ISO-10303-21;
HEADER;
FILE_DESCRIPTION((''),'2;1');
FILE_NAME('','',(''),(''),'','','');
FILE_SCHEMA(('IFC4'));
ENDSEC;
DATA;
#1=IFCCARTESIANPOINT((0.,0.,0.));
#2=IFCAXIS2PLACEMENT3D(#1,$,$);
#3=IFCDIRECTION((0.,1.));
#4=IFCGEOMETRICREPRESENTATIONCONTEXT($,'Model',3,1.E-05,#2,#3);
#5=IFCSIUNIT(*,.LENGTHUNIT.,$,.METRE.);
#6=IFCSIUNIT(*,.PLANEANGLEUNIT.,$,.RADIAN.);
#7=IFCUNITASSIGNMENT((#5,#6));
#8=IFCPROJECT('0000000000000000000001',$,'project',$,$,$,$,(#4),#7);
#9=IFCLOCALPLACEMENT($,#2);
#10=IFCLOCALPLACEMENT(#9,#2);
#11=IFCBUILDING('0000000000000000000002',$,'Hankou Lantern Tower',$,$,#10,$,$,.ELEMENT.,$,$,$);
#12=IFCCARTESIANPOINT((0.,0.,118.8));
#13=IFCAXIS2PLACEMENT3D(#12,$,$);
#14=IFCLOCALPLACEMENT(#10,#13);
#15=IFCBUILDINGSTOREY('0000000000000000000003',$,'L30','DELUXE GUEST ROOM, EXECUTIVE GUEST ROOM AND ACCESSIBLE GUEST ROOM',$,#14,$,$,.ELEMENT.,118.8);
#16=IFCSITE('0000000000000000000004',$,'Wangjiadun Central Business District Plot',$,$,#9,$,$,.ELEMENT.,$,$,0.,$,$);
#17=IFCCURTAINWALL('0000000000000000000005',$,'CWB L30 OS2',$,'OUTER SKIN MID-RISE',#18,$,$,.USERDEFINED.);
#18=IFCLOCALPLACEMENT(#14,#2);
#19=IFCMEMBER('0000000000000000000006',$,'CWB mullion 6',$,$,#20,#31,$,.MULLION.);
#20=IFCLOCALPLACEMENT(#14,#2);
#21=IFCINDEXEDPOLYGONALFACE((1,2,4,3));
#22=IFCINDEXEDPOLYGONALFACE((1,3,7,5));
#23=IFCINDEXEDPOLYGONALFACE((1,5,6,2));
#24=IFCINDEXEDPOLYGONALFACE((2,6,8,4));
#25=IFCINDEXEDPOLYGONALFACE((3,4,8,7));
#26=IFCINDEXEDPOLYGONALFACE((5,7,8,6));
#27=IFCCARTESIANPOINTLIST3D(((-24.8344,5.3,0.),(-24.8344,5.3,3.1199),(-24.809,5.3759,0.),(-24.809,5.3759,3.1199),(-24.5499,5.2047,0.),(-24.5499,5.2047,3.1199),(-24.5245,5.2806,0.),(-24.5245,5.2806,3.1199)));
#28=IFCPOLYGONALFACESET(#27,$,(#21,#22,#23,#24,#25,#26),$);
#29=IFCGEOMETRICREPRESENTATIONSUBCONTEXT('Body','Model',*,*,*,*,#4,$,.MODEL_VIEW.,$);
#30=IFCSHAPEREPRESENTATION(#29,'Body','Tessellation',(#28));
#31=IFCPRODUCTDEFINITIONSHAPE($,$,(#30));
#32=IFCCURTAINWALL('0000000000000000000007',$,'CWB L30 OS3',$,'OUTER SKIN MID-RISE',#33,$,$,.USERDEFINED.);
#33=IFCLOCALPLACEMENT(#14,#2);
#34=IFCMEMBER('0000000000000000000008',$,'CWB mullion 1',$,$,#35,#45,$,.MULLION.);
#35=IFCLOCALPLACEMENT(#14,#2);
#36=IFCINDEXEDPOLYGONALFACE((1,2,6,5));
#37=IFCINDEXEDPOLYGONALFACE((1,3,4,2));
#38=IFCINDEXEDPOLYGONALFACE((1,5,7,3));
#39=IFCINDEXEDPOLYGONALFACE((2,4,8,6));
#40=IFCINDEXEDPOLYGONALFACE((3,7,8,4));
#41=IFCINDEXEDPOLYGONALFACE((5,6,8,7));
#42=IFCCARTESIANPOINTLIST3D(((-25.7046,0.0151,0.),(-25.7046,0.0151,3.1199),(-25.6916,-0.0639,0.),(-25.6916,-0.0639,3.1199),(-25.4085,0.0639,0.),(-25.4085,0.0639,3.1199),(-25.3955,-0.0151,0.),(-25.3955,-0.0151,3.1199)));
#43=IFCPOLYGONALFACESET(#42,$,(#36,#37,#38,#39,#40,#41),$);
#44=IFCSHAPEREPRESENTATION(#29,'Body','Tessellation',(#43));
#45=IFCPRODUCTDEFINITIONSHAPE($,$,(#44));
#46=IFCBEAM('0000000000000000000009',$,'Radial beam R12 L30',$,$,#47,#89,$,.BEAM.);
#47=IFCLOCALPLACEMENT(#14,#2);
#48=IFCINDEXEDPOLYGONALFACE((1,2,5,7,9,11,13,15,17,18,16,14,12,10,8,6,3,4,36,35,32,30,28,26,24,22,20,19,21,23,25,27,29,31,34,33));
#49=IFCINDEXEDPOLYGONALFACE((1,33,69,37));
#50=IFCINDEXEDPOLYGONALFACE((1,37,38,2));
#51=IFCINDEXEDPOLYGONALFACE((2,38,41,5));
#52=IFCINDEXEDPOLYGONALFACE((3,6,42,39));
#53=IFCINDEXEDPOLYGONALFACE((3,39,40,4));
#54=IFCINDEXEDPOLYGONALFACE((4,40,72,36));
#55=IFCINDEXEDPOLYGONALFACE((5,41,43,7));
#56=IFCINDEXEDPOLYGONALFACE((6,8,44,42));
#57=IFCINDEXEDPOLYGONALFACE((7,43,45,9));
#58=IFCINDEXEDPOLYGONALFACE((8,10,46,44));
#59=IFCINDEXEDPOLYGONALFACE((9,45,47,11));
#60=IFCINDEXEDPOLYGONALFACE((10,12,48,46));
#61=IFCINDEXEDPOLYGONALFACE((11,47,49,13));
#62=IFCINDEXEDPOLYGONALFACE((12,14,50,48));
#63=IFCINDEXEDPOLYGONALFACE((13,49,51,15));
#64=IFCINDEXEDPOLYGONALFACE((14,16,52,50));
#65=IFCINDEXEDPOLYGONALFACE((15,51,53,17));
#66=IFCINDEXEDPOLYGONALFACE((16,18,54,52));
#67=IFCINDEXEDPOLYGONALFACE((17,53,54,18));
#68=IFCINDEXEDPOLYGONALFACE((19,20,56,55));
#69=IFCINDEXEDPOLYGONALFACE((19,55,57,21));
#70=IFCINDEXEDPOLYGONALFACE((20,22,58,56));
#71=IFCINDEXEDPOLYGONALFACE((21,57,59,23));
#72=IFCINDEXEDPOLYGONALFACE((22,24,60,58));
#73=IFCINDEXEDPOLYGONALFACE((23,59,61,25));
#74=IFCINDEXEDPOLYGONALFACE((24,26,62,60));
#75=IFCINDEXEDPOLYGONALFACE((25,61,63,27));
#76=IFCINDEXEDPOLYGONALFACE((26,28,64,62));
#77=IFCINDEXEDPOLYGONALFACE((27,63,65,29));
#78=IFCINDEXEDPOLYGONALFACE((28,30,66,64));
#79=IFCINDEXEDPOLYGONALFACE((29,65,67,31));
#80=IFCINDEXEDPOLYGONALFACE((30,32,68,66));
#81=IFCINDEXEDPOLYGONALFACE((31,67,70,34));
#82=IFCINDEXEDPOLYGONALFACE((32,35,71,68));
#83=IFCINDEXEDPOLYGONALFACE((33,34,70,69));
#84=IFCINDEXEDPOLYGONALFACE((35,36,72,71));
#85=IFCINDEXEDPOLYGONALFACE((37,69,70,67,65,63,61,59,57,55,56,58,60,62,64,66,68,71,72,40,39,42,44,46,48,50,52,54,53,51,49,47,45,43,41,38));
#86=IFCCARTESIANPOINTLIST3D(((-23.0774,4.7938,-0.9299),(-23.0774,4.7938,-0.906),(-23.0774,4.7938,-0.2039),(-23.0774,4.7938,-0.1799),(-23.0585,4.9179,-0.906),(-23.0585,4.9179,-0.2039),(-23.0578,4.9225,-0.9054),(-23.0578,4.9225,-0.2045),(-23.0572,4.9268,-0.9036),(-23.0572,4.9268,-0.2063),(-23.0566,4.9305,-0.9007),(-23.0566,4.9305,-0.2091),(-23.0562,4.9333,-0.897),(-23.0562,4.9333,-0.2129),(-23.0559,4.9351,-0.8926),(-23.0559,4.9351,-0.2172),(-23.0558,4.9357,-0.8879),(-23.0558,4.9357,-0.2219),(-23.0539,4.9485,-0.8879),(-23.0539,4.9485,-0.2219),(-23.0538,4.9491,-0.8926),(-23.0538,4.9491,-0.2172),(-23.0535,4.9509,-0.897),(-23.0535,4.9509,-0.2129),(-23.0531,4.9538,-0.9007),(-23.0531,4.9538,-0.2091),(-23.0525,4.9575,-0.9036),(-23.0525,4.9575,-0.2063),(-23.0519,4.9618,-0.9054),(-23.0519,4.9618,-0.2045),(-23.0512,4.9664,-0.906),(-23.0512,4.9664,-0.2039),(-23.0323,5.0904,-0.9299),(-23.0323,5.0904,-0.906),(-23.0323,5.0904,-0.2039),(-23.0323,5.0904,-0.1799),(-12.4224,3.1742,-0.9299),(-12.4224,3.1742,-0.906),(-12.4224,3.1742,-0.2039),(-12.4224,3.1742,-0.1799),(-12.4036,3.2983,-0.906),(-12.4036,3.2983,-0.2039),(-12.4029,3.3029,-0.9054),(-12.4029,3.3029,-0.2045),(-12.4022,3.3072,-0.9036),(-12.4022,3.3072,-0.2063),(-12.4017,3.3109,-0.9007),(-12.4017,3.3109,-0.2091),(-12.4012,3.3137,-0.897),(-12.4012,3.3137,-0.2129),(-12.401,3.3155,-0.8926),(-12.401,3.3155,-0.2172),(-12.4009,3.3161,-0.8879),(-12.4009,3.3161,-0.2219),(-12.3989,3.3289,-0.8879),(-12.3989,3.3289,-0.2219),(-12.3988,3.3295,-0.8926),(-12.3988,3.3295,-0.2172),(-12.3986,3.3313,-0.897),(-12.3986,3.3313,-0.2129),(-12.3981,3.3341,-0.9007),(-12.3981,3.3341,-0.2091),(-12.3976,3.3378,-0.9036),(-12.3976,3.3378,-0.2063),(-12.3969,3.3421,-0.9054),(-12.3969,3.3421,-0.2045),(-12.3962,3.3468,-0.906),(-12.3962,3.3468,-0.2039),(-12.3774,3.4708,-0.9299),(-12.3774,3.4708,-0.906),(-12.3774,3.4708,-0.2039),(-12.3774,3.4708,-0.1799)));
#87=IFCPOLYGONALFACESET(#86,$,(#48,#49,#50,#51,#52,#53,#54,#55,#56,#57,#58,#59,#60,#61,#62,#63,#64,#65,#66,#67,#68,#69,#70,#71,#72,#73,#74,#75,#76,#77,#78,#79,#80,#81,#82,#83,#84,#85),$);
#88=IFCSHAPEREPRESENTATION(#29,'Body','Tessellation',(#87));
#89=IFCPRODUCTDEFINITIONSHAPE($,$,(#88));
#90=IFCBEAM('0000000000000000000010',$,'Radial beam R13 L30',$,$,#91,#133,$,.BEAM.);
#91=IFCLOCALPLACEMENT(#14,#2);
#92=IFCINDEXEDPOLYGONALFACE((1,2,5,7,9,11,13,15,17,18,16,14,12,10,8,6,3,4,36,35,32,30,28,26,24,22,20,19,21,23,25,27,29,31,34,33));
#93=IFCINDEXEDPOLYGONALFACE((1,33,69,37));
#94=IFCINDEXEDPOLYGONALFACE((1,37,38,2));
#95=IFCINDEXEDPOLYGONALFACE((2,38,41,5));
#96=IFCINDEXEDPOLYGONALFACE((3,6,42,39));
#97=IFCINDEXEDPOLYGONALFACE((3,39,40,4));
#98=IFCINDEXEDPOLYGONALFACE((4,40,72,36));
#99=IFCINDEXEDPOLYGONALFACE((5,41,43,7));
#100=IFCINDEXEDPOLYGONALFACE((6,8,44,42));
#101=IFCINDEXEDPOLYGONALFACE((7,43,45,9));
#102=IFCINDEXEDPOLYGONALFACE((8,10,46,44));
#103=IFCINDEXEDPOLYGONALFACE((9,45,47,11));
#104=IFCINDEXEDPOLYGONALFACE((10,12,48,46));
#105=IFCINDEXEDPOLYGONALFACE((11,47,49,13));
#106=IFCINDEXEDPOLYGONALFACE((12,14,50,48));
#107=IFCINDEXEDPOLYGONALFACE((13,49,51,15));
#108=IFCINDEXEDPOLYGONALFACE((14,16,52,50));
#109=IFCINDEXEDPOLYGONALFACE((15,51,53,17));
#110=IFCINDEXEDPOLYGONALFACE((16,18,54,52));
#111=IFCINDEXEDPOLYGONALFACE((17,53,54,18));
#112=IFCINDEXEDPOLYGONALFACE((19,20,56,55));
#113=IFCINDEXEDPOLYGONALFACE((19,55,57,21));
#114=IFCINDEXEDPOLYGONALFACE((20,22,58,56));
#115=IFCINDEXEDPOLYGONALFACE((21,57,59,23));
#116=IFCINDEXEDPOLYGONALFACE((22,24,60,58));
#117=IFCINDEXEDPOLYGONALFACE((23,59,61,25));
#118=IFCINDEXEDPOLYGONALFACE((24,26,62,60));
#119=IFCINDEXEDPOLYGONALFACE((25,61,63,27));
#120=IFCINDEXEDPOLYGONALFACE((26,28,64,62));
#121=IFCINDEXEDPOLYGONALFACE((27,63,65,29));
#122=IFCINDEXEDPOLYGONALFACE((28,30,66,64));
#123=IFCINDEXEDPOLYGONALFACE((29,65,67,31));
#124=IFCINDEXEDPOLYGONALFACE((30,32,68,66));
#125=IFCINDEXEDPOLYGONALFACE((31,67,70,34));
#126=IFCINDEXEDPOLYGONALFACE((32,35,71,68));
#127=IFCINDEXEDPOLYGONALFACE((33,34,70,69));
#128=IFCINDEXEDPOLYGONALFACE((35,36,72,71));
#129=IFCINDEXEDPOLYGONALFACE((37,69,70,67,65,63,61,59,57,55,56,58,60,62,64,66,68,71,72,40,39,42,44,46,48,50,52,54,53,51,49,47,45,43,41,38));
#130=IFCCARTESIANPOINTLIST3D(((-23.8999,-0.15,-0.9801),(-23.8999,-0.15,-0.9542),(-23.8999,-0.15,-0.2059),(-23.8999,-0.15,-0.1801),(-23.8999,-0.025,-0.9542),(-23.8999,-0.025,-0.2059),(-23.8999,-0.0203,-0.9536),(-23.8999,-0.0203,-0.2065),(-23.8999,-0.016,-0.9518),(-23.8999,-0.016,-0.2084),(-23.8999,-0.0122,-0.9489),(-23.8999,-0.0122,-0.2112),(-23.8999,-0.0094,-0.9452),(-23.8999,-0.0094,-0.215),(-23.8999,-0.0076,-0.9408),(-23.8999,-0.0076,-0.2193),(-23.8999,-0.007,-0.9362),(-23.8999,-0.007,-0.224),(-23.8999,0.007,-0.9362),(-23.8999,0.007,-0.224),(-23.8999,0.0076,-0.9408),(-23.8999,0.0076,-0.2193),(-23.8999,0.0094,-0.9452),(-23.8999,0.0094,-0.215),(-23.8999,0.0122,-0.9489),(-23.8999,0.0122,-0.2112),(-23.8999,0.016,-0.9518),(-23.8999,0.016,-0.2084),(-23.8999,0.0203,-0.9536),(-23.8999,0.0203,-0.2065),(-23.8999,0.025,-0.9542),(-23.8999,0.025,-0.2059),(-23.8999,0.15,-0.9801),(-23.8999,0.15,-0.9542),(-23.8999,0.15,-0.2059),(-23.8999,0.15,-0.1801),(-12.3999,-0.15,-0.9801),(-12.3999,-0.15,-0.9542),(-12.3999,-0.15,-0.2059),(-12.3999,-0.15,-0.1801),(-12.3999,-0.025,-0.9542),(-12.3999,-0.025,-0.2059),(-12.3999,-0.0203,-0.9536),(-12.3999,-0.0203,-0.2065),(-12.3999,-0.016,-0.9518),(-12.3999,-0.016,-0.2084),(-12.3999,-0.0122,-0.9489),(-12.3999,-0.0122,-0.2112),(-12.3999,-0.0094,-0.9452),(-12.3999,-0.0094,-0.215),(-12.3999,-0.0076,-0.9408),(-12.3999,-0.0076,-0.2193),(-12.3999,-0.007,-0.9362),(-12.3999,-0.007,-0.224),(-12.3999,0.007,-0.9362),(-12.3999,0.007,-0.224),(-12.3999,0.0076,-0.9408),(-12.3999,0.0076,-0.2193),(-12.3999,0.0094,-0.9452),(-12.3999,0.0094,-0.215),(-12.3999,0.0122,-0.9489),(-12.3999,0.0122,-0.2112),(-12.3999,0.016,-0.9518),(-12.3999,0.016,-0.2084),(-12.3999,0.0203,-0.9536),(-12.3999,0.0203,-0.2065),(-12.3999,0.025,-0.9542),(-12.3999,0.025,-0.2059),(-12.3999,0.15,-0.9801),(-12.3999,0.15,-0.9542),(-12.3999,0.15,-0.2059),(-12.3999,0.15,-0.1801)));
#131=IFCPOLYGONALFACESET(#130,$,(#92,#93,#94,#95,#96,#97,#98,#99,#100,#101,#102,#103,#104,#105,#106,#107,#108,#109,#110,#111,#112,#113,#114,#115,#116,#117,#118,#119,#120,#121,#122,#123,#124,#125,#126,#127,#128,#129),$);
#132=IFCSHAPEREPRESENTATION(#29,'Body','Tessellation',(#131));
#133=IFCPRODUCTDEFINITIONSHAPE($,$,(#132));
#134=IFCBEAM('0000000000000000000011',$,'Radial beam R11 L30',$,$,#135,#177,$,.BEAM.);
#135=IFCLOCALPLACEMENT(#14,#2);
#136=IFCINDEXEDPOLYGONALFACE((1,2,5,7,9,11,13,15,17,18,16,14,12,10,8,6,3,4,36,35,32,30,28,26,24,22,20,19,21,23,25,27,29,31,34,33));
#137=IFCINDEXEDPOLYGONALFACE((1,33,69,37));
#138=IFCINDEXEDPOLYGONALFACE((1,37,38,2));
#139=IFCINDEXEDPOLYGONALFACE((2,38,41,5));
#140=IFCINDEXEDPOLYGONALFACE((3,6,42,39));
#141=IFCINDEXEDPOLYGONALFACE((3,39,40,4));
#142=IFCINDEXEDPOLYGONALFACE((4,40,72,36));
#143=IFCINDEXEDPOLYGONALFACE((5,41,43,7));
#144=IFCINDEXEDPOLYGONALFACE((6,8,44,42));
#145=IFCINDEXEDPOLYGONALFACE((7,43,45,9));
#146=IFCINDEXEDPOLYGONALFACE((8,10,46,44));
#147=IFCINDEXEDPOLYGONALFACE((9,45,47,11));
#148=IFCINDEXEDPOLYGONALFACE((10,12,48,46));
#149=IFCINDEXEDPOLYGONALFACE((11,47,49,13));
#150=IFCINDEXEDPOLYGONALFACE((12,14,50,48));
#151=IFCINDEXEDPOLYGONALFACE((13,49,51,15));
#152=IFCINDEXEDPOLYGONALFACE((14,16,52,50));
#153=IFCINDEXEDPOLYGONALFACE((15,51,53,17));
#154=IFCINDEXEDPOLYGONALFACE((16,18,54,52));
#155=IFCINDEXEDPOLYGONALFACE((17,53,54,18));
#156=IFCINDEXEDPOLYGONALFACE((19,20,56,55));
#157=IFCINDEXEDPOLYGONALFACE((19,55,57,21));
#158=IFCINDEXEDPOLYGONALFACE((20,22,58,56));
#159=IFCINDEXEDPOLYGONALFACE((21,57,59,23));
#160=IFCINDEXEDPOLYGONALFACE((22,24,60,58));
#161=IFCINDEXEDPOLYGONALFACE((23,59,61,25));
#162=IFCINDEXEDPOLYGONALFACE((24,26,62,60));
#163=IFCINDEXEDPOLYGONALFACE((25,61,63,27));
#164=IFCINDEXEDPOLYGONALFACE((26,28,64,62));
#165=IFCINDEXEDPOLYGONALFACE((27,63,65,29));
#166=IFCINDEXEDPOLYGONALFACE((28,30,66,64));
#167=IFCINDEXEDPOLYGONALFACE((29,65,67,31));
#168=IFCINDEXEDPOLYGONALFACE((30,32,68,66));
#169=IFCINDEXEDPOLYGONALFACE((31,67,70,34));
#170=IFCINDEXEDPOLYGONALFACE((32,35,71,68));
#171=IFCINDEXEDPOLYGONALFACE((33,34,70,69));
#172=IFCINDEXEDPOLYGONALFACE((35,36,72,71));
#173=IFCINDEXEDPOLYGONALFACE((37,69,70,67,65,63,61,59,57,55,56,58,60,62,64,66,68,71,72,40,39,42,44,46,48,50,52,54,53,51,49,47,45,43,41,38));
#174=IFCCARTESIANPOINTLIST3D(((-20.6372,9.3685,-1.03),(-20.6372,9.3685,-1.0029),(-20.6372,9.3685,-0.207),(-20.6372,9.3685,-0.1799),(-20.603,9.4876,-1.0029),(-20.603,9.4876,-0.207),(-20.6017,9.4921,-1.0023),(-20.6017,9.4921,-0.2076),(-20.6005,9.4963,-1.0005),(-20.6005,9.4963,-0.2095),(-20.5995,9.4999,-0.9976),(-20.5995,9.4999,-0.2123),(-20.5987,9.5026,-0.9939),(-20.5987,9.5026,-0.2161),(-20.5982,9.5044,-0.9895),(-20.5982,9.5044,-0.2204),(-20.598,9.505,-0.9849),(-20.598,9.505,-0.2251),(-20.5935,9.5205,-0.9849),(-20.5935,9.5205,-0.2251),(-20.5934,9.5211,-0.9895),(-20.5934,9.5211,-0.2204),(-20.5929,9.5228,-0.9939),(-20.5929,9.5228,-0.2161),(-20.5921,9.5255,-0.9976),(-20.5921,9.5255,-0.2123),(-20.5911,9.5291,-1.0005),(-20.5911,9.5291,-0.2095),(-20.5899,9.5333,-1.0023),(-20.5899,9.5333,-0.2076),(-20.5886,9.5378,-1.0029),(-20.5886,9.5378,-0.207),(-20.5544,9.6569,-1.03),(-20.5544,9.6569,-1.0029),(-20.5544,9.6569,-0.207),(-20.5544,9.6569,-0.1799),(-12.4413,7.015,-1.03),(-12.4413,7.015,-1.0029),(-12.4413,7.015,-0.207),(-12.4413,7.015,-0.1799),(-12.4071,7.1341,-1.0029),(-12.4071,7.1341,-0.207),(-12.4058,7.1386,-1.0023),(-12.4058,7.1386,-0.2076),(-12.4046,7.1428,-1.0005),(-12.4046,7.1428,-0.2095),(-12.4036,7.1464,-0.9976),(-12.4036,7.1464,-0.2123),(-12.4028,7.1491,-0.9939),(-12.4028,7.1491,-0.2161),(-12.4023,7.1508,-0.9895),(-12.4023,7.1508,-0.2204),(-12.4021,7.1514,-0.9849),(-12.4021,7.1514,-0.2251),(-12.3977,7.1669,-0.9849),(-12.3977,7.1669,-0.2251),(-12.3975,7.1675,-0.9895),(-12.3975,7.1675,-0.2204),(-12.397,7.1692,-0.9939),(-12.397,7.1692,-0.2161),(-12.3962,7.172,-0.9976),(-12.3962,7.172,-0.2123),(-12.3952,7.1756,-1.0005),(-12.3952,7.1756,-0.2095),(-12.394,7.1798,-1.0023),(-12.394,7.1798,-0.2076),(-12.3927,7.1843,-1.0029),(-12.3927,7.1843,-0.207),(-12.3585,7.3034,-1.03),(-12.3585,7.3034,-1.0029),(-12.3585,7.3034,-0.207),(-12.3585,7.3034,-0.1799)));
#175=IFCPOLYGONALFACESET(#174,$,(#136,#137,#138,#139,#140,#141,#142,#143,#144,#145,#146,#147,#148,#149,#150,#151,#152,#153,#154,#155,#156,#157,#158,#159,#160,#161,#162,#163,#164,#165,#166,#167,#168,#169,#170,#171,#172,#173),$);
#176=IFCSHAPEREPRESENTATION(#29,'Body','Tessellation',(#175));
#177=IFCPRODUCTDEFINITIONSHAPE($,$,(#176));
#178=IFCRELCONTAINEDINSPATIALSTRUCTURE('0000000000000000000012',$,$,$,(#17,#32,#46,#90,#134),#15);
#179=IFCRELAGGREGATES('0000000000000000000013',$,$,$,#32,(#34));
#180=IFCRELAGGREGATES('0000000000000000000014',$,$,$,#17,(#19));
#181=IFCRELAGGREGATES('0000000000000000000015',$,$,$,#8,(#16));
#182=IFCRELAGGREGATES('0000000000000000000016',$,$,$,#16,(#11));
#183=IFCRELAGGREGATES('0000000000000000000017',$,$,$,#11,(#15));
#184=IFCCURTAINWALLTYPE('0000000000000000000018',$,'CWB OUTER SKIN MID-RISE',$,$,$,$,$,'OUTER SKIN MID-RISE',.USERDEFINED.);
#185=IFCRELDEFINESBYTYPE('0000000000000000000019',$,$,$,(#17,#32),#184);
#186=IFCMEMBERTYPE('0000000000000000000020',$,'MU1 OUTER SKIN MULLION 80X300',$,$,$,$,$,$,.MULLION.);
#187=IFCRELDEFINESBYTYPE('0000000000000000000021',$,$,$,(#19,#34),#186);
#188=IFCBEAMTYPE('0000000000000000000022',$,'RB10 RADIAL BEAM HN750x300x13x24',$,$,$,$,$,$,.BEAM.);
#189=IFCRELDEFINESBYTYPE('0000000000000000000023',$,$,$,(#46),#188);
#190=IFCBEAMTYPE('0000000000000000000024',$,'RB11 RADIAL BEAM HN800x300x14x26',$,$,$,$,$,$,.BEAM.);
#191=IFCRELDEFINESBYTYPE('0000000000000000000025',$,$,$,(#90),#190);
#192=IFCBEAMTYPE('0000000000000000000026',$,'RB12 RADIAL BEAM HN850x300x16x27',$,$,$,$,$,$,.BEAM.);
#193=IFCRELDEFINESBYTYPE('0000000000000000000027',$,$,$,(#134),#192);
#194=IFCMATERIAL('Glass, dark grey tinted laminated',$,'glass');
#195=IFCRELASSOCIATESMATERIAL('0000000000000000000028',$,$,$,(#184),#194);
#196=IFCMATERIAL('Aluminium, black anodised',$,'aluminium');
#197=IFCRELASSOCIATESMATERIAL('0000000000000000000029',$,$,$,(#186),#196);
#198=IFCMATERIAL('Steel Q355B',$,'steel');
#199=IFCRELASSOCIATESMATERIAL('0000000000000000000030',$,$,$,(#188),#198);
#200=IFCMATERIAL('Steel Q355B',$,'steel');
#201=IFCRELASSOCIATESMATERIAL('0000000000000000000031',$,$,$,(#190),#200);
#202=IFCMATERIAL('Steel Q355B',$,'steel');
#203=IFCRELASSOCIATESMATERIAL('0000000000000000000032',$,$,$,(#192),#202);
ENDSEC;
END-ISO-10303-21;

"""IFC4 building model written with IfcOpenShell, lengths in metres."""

from ifc_helpers import new_model, si_unit, direction, frame, origin, origin_2d, place, context, subcontext, project, spatial, rectangle, i_section, extrude, material, material_profile, profile_set, type_object, element, aggregate, save


model = new_model("IFC4")

# Units and contexts
model_context = context("Model", 3, precision=1e-05, world=origin(), true_north=direction((0.0, 1.0)))
body_context = subcontext(model_context, "Body", "Model", "MODEL_VIEW")
ifc_project = project(units=[si_unit("LENGTHUNIT", "METRE"), si_unit("PLANEANGLEUNIT", "RADIAN")], contexts=[model_context])

# Site, building, storey
site_placement = place(None, origin())
site = spatial("IfcSite", under=ifc_project, at=site_placement, Name="Wangjiadun Central Business District Plot", CompositionType="ELEMENT", RefElevation=0.0)
building_placement = place(site_placement, origin())
building = spatial("IfcBuilding", under=site, at=building_placement, Name="Hankou Lantern Tower", CompositionType="ELEMENT")
storey_placement = place(building_placement, frame((0.0, 0.0, 118.8)))
storey = spatial("IfcBuildingStorey", under=building, at=storey_placement, Name="L30", Description="DELUXE GUEST ROOM, EXECUTIVE GUEST ROOM AND ACCESSIBLE GUEST ROOM", CompositionType="ELEMENT", Elevation=118.8)

# Curtain walls, members
ifc_material_1 = material(Name="Glass, dark grey tinted laminated", Category="glass")
curtain_wall_type = type_object("IfcCurtainWallType", Name="CWB OUTER SKIN MID-RISE", ElementType="OUTER SKIN MID-RISE", PredefinedType="USERDEFINED", material=ifc_material_1)
curtain_wall_1_placement = place(storey_placement, origin())
curtain_wall_1 = element("IfcCurtainWall", 1, at=curtain_wall_1_placement, inside=storey, type_object=curtain_wall_type, Name="CWB L30 OS2", ObjectType="OUTER SKIN MID-RISE", PredefinedType="USERDEFINED")
ifc_material_2 = material(Name="Aluminium, black anodised", Category="aluminium")
ifc_material_profile_1 = material_profile(ifc_material_2, rectangle(XDim=0.0801, YDim=0.3, at=origin_2d()), Name="MU1 80X300")
ifc_profile_set_1 = profile_set([ifc_material_profile_1], Name="Aluminium, black anodised")
member_type_1 = type_object("IfcMemberType", Name="MU1 OUTER SKIN MULLION 80X300", PredefinedType="MULLION", material=ifc_profile_set_1)
member_1_placement = place(storey_placement, frame((-24.6794, 5.2903, 0.0), z_axis=(0.0, 0.0, 1.0), x_axis=(-0.317596, -0.948226, 0.0)))
member_1 = element("IfcMember", 2, at=member_1_placement, type_object=member_type_1, Name="CWB mullion 6", PredefinedType="MULLION", context=body_context, shape_type="SweptSolid", body=[
    extrude(rectangle(XDim=0.0801, YDim=0.3, at=origin_2d()), origin(), (0.0, 0.0, 1.0), 3.1199),
])
curtain_wall_2_placement = place(storey_placement, origin())
curtain_wall_2 = element("IfcCurtainWall", 3, at=curtain_wall_2_placement, inside=storey, type_object=curtain_wall_type, Name="CWB L30 OS3", ObjectType="OUTER SKIN MID-RISE", PredefinedType="USERDEFINED")
member_2_placement = place(storey_placement, frame((-25.55, 0.0, 0.0), z_axis=(0.0, 0.0, 1.0), x_axis=(0.162382, -0.986728, 0.0)))
member_2 = element("IfcMember", 4, at=member_2_placement, type_object=member_type_1, Name="CWB mullion 1", PredefinedType="MULLION", context=body_context, shape_type="SweptSolid", body=[
    extrude(rectangle(XDim=0.0801, YDim=0.3, at=origin_2d()), origin(), (0.0, 0.0, 1.0), 3.1199),
])
aggregate(curtain_wall_2, [member_2])

# Beams
ifc_material_3 = material(Name="Steel Q355B", Category="steel")
ifc_material_profile_2 = material_profile(ifc_material_3, i_section(OverallWidth=0.3, OverallDepth=0.75, WebThickness=0.0129, FlangeThickness=0.0239, FilletRadius=0.0181, at=origin_2d()), Name="HN750x300x13x24")
ifc_profile_set_2 = profile_set([ifc_material_profile_2], Name="Steel Q355B")
beam_type_1 = type_object("IfcBeamType", Name="RB10 RADIAL BEAM HN750x300x13x24", PredefinedType="BEAM", material=ifc_profile_set_2)
beam_1_placement = place(storey_placement, frame((-12.3999, 3.3225, -0.5549), z_axis=(-0.988644, 0.15028, 0.0), x_axis=(-0.15028, -0.988644, 0.0)))
element("IfcBeam", 5, at=beam_1_placement, inside=storey, type_object=beam_type_1, Name="Radial beam R12 L30", PredefinedType="BEAM", context=body_context, shape_type="SweptSolid", body=[
    extrude(i_section(OverallWidth=0.3, OverallDepth=0.75, WebThickness=0.0129, FlangeThickness=0.0239, FilletRadius=0.0181, at=origin_2d()), origin(), (0.0, 0.0, 1.0), 10.7773),
])
ifc_material_4 = material(Name="Steel Q355B", Category="steel")
ifc_material_profile_3 = material_profile(ifc_material_4, i_section(OverallWidth=0.3, OverallDepth=0.8, WebThickness=0.0139, FlangeThickness=0.0259, FilletRadius=0.0181, at=origin_2d()), Name="HN800x300x14x26")
ifc_profile_set_3 = profile_set([ifc_material_profile_3], Name="Steel Q355B")
beam_type_2 = type_object("IfcBeamType", Name="RB11 RADIAL BEAM HN800x300x14x26", PredefinedType="BEAM", material=ifc_profile_set_3)
beam_2_placement = place(storey_placement, frame((-12.3999, 0.0, -0.5801), z_axis=(-1.0, 0.0, 0.0), x_axis=(0.0, -1.0, 0.0)))
element("IfcBeam", 6, at=beam_2_placement, inside=storey, type_object=beam_type_2, Name="Radial beam R13 L30", PredefinedType="BEAM", context=body_context, shape_type="SweptSolid", body=[
    extrude(i_section(OverallWidth=0.3, OverallDepth=0.8, WebThickness=0.0139, FlangeThickness=0.0259, FilletRadius=0.0181, at=origin_2d()), origin(), (0.0, 0.0, 1.0), 11.5),
])
ifc_material_5 = material(Name="Steel Q355B", Category="steel")
ifc_material_profile_4 = material_profile(ifc_material_5, i_section(OverallWidth=0.3, OverallDepth=0.8501, WebThickness=0.0161, FlangeThickness=0.0271, FilletRadius=0.0181, at=origin_2d()), Name="HN850x300x16x27")
ifc_profile_set_4 = profile_set([ifc_material_profile_4], Name="Steel Q355B")
beam_type_3 = type_object("IfcBeamType", Name="RB12 RADIAL BEAM HN850x300x16x27", PredefinedType="BEAM", material=ifc_profile_set_4)
beam_3_placement = place(storey_placement, frame((-12.3999, 7.1592, -0.605), z_axis=(-0.961156, 0.276007, 0.0), x_axis=(-0.276007, -0.961156, 0.0)))
element("IfcBeam", 7, at=beam_3_placement, inside=storey, type_object=beam_type_3, Name="Radial beam R11 L30", PredefinedType="BEAM", context=body_context, shape_type="SweptSolid", body=[
    extrude(i_section(OverallWidth=0.3, OverallDepth=0.8501, WebThickness=0.0161, FlangeThickness=0.0271, FilletRadius=0.0181, at=origin_2d()), origin(), (0.0, 0.0, 1.0), 8.5271),
])

aggregate(curtain_wall_1, [member_1])

save(model, "model.ifc")
